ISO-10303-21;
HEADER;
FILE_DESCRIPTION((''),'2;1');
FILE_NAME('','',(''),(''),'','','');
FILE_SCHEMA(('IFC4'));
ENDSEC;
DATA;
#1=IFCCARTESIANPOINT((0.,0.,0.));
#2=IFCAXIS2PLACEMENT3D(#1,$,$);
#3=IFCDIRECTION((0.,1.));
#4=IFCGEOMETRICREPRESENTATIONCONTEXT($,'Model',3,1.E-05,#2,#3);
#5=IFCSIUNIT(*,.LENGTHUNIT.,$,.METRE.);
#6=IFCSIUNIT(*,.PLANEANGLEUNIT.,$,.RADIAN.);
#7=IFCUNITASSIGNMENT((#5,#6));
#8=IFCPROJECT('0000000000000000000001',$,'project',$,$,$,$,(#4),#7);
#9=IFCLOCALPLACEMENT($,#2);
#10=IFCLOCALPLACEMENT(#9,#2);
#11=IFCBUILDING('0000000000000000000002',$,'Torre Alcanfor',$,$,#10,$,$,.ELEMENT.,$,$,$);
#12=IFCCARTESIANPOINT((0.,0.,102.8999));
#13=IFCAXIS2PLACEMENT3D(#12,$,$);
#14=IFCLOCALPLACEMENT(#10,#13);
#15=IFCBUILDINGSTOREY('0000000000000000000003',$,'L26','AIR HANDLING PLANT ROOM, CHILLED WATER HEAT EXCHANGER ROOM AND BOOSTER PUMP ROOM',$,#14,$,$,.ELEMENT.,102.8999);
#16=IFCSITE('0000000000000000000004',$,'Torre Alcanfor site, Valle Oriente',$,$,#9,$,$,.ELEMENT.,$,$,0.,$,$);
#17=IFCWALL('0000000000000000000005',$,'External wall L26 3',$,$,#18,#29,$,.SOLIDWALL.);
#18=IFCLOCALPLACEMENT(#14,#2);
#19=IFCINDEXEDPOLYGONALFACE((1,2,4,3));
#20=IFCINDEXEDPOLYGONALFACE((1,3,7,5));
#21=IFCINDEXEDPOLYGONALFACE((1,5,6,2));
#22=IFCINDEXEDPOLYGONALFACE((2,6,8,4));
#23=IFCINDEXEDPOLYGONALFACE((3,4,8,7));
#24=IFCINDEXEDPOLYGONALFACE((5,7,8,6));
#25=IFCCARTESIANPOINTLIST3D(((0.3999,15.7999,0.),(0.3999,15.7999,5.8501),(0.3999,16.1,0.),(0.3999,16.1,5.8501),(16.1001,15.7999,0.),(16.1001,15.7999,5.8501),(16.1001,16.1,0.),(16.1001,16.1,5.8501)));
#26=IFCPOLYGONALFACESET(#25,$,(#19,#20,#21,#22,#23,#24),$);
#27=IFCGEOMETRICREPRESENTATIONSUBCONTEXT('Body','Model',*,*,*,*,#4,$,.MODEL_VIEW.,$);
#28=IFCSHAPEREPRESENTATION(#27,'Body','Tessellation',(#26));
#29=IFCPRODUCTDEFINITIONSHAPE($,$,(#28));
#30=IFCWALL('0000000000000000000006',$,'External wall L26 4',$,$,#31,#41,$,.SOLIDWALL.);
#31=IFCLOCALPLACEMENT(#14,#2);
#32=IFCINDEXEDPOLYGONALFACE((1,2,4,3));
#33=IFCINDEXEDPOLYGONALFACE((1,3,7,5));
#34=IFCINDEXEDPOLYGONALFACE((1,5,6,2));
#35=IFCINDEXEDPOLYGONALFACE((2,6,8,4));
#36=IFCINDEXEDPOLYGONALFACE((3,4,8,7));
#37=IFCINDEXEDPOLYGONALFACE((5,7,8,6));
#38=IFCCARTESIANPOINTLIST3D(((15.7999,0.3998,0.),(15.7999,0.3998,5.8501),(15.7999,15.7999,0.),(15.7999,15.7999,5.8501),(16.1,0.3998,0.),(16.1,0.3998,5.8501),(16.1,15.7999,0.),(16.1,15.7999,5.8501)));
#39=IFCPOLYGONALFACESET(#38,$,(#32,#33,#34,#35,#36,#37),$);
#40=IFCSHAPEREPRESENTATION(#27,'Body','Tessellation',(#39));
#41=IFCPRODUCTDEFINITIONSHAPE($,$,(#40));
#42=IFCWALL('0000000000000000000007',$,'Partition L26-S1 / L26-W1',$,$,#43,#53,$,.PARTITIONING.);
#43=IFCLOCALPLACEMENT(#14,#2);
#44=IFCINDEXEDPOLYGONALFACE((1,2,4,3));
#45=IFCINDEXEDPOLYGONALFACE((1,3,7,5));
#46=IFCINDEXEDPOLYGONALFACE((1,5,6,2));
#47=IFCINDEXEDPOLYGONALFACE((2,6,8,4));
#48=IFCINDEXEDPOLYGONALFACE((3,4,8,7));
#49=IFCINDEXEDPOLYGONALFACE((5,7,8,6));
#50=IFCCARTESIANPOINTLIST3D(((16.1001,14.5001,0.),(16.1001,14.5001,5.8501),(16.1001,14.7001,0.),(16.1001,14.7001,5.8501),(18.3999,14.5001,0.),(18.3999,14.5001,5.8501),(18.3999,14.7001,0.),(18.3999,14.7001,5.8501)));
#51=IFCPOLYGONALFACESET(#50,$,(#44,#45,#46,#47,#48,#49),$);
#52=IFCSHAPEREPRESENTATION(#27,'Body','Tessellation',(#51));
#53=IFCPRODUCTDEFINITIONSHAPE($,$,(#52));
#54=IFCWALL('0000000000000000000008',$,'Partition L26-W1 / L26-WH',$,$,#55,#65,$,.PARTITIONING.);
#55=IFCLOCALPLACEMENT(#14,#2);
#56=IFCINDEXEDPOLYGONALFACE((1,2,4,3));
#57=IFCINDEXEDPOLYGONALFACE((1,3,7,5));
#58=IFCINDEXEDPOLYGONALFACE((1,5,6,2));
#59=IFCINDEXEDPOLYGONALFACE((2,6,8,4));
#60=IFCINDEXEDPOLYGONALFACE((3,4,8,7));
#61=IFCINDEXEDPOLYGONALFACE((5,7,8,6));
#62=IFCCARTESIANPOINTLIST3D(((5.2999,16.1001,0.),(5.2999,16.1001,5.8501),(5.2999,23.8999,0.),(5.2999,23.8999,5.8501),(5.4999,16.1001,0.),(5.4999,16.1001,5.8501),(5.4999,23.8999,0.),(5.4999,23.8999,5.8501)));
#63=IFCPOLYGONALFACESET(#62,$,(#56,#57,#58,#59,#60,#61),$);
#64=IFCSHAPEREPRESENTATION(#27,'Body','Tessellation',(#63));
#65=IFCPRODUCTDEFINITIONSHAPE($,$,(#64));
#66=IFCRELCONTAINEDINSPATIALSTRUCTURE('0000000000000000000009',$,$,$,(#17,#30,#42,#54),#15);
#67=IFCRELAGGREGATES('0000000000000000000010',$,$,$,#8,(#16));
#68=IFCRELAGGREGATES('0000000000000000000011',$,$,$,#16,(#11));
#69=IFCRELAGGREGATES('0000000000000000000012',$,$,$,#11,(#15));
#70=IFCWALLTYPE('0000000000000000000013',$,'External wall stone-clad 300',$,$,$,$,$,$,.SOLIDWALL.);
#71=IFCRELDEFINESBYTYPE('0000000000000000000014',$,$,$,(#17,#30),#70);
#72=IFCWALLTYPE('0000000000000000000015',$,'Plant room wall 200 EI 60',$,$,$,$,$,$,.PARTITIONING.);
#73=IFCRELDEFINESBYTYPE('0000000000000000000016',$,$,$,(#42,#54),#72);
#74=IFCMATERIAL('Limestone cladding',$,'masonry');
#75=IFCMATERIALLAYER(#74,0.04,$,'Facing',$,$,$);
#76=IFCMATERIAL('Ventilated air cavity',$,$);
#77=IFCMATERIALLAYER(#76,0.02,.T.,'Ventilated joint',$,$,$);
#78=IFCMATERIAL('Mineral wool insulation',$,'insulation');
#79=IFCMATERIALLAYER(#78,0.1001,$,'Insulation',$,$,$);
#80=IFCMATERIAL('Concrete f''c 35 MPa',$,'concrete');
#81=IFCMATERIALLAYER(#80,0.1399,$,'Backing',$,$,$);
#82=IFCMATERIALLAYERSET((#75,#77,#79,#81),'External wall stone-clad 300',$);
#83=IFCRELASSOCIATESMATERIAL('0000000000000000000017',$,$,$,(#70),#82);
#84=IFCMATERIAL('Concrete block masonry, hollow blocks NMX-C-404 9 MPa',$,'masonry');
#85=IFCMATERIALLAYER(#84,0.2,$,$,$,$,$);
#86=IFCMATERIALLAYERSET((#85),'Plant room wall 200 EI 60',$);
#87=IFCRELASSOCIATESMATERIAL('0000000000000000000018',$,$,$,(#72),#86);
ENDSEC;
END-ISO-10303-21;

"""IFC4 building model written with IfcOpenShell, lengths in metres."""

from ifc_helpers import new_model, si_unit, direction, frame, frame_2d, origin, place, context, subcontext, project, spatial, rectangle, extrude, material, layer, layer_set, type_object, element, save


model = new_model("IFC4")

# Units and contexts
model_context = context("Model", 3, precision=1e-05, world=origin(), true_north=direction((0.0, 1.0)))
body_context = subcontext(model_context, "Body", "Model", "MODEL_VIEW")
ifc_project = project(units=[si_unit("LENGTHUNIT", "METRE"), si_unit("PLANEANGLEUNIT", "RADIAN")], contexts=[model_context])

# Site, building, storey
site_placement = place(None, origin())
site = spatial("IfcSite", under=ifc_project, at=site_placement, Name="Torre Alcanfor site, Valle Oriente", CompositionType="ELEMENT", RefElevation=0.0)
building_placement = place(site_placement, origin())
building = spatial("IfcBuilding", under=site, at=building_placement, Name="Torre Alcanfor", CompositionType="ELEMENT")
storey_placement = place(building_placement, frame((0.0, 0.0, 102.8999)))
storey = spatial("IfcBuildingStorey", under=building, at=storey_placement, Name="L26", Description="AIR HANDLING PLANT ROOM, CHILLED WATER HEAT EXCHANGER ROOM AND BOOSTER PUMP ROOM", CompositionType="ELEMENT", Elevation=102.8999)

# Walls
ifc_material_1 = material(Name="Limestone cladding", Category="masonry")
ifc_layer_1 = layer(ifc_material_1, 0.04, Name="Facing")
ifc_material_2 = material(Name="Ventilated air cavity")
ifc_layer_2 = layer(ifc_material_2, 0.02, ventilated=True, Name="Ventilated joint")
ifc_material_3 = material(Name="Mineral wool insulation", Category="insulation")
ifc_layer_3 = layer(ifc_material_3, 0.1001, Name="Insulation")
ifc_material_4 = material(Name="Concrete f'c 35 MPa", Category="concrete")
ifc_layer_4 = layer(ifc_material_4, 0.1399, Name="Backing")
ifc_layer_set_1 = layer_set([ifc_layer_1, ifc_layer_2, ifc_layer_3, ifc_layer_4], Name="External wall stone-clad 300")
wall_type_1 = type_object("IfcWallType", Name="External wall stone-clad 300", PredefinedType="SOLIDWALL", material=ifc_layer_set_1)
wall_1_placement = place(storey_placement, frame((0.3999, 15.95, 0.0), z_axis=(0.0, 0.0, 1.0), x_axis=(1.0, 0.0, 0.0)))
element("IfcWall", 1, at=wall_1_placement, inside=storey, type_object=wall_type_1, Name="External wall L26 3", PredefinedType="SOLIDWALL", context=body_context, shape_type="SweptSolid", body=[
    extrude(rectangle(XDim=15.7002, YDim=0.3, at=frame_2d((7.8501, 0.0))), origin(), (0.0, 0.0, 1.0), 5.8501),
])
wall_2_placement = place(storey_placement, frame((15.95, 15.8, 0.0), z_axis=(0.0, 0.0, 1.0), x_axis=(0.0, -1.0, 0.0)))
element("IfcWall", 2, at=wall_2_placement, inside=storey, type_object=wall_type_1, Name="External wall L26 4", PredefinedType="SOLIDWALL", context=body_context, shape_type="SweptSolid", body=[
    extrude(rectangle(XDim=15.4001, YDim=0.3, at=frame_2d((7.7002, 0.0))), origin(), (0.0, 0.0, 1.0), 5.8501),
])
ifc_material_5 = material(Name="Concrete block masonry, hollow blocks NMX-C-404 9 MPa", Category="masonry")
ifc_layer_5 = layer(ifc_material_5, 0.2)
ifc_layer_set_2 = layer_set([ifc_layer_5], Name="Plant room wall 200 EI 60")
wall_type_2 = type_object("IfcWallType", Name="Plant room wall 200 EI 60", PredefinedType="PARTITIONING", material=ifc_layer_set_2)
wall_3_placement = place(storey_placement, frame((16.1001, 14.6001, 0.0), z_axis=(0.0, 0.0, 1.0), x_axis=(1.0, 0.0, 0.0)))
element("IfcWall", 3, at=wall_3_placement, inside=storey, type_object=wall_type_2, Name="Partition L26-S1 / L26-W1", PredefinedType="PARTITIONING", context=body_context, shape_type="SweptSolid", body=[
    extrude(rectangle(XDim=2.2998, YDim=0.2, at=frame_2d((1.1499, 0.0))), origin(), (0.0, 0.0, 1.0), 5.8501),
])
wall_4_placement = place(storey_placement, frame((5.3999, 16.1001, 0.0), z_axis=(0.0, 0.0, 1.0), x_axis=(0.0, 1.0, 0.0)))
element("IfcWall", 4, at=wall_4_placement, inside=storey, type_object=wall_type_2, Name="Partition L26-W1 / L26-WH", PredefinedType="PARTITIONING", context=body_context, shape_type="SweptSolid", body=[
    extrude(rectangle(XDim=7.7998, YDim=0.2, at=frame_2d((3.8999, 0.0))), origin(), (0.0, 0.0, 1.0), 5.8501),
])

save(model, "model.ifc")
